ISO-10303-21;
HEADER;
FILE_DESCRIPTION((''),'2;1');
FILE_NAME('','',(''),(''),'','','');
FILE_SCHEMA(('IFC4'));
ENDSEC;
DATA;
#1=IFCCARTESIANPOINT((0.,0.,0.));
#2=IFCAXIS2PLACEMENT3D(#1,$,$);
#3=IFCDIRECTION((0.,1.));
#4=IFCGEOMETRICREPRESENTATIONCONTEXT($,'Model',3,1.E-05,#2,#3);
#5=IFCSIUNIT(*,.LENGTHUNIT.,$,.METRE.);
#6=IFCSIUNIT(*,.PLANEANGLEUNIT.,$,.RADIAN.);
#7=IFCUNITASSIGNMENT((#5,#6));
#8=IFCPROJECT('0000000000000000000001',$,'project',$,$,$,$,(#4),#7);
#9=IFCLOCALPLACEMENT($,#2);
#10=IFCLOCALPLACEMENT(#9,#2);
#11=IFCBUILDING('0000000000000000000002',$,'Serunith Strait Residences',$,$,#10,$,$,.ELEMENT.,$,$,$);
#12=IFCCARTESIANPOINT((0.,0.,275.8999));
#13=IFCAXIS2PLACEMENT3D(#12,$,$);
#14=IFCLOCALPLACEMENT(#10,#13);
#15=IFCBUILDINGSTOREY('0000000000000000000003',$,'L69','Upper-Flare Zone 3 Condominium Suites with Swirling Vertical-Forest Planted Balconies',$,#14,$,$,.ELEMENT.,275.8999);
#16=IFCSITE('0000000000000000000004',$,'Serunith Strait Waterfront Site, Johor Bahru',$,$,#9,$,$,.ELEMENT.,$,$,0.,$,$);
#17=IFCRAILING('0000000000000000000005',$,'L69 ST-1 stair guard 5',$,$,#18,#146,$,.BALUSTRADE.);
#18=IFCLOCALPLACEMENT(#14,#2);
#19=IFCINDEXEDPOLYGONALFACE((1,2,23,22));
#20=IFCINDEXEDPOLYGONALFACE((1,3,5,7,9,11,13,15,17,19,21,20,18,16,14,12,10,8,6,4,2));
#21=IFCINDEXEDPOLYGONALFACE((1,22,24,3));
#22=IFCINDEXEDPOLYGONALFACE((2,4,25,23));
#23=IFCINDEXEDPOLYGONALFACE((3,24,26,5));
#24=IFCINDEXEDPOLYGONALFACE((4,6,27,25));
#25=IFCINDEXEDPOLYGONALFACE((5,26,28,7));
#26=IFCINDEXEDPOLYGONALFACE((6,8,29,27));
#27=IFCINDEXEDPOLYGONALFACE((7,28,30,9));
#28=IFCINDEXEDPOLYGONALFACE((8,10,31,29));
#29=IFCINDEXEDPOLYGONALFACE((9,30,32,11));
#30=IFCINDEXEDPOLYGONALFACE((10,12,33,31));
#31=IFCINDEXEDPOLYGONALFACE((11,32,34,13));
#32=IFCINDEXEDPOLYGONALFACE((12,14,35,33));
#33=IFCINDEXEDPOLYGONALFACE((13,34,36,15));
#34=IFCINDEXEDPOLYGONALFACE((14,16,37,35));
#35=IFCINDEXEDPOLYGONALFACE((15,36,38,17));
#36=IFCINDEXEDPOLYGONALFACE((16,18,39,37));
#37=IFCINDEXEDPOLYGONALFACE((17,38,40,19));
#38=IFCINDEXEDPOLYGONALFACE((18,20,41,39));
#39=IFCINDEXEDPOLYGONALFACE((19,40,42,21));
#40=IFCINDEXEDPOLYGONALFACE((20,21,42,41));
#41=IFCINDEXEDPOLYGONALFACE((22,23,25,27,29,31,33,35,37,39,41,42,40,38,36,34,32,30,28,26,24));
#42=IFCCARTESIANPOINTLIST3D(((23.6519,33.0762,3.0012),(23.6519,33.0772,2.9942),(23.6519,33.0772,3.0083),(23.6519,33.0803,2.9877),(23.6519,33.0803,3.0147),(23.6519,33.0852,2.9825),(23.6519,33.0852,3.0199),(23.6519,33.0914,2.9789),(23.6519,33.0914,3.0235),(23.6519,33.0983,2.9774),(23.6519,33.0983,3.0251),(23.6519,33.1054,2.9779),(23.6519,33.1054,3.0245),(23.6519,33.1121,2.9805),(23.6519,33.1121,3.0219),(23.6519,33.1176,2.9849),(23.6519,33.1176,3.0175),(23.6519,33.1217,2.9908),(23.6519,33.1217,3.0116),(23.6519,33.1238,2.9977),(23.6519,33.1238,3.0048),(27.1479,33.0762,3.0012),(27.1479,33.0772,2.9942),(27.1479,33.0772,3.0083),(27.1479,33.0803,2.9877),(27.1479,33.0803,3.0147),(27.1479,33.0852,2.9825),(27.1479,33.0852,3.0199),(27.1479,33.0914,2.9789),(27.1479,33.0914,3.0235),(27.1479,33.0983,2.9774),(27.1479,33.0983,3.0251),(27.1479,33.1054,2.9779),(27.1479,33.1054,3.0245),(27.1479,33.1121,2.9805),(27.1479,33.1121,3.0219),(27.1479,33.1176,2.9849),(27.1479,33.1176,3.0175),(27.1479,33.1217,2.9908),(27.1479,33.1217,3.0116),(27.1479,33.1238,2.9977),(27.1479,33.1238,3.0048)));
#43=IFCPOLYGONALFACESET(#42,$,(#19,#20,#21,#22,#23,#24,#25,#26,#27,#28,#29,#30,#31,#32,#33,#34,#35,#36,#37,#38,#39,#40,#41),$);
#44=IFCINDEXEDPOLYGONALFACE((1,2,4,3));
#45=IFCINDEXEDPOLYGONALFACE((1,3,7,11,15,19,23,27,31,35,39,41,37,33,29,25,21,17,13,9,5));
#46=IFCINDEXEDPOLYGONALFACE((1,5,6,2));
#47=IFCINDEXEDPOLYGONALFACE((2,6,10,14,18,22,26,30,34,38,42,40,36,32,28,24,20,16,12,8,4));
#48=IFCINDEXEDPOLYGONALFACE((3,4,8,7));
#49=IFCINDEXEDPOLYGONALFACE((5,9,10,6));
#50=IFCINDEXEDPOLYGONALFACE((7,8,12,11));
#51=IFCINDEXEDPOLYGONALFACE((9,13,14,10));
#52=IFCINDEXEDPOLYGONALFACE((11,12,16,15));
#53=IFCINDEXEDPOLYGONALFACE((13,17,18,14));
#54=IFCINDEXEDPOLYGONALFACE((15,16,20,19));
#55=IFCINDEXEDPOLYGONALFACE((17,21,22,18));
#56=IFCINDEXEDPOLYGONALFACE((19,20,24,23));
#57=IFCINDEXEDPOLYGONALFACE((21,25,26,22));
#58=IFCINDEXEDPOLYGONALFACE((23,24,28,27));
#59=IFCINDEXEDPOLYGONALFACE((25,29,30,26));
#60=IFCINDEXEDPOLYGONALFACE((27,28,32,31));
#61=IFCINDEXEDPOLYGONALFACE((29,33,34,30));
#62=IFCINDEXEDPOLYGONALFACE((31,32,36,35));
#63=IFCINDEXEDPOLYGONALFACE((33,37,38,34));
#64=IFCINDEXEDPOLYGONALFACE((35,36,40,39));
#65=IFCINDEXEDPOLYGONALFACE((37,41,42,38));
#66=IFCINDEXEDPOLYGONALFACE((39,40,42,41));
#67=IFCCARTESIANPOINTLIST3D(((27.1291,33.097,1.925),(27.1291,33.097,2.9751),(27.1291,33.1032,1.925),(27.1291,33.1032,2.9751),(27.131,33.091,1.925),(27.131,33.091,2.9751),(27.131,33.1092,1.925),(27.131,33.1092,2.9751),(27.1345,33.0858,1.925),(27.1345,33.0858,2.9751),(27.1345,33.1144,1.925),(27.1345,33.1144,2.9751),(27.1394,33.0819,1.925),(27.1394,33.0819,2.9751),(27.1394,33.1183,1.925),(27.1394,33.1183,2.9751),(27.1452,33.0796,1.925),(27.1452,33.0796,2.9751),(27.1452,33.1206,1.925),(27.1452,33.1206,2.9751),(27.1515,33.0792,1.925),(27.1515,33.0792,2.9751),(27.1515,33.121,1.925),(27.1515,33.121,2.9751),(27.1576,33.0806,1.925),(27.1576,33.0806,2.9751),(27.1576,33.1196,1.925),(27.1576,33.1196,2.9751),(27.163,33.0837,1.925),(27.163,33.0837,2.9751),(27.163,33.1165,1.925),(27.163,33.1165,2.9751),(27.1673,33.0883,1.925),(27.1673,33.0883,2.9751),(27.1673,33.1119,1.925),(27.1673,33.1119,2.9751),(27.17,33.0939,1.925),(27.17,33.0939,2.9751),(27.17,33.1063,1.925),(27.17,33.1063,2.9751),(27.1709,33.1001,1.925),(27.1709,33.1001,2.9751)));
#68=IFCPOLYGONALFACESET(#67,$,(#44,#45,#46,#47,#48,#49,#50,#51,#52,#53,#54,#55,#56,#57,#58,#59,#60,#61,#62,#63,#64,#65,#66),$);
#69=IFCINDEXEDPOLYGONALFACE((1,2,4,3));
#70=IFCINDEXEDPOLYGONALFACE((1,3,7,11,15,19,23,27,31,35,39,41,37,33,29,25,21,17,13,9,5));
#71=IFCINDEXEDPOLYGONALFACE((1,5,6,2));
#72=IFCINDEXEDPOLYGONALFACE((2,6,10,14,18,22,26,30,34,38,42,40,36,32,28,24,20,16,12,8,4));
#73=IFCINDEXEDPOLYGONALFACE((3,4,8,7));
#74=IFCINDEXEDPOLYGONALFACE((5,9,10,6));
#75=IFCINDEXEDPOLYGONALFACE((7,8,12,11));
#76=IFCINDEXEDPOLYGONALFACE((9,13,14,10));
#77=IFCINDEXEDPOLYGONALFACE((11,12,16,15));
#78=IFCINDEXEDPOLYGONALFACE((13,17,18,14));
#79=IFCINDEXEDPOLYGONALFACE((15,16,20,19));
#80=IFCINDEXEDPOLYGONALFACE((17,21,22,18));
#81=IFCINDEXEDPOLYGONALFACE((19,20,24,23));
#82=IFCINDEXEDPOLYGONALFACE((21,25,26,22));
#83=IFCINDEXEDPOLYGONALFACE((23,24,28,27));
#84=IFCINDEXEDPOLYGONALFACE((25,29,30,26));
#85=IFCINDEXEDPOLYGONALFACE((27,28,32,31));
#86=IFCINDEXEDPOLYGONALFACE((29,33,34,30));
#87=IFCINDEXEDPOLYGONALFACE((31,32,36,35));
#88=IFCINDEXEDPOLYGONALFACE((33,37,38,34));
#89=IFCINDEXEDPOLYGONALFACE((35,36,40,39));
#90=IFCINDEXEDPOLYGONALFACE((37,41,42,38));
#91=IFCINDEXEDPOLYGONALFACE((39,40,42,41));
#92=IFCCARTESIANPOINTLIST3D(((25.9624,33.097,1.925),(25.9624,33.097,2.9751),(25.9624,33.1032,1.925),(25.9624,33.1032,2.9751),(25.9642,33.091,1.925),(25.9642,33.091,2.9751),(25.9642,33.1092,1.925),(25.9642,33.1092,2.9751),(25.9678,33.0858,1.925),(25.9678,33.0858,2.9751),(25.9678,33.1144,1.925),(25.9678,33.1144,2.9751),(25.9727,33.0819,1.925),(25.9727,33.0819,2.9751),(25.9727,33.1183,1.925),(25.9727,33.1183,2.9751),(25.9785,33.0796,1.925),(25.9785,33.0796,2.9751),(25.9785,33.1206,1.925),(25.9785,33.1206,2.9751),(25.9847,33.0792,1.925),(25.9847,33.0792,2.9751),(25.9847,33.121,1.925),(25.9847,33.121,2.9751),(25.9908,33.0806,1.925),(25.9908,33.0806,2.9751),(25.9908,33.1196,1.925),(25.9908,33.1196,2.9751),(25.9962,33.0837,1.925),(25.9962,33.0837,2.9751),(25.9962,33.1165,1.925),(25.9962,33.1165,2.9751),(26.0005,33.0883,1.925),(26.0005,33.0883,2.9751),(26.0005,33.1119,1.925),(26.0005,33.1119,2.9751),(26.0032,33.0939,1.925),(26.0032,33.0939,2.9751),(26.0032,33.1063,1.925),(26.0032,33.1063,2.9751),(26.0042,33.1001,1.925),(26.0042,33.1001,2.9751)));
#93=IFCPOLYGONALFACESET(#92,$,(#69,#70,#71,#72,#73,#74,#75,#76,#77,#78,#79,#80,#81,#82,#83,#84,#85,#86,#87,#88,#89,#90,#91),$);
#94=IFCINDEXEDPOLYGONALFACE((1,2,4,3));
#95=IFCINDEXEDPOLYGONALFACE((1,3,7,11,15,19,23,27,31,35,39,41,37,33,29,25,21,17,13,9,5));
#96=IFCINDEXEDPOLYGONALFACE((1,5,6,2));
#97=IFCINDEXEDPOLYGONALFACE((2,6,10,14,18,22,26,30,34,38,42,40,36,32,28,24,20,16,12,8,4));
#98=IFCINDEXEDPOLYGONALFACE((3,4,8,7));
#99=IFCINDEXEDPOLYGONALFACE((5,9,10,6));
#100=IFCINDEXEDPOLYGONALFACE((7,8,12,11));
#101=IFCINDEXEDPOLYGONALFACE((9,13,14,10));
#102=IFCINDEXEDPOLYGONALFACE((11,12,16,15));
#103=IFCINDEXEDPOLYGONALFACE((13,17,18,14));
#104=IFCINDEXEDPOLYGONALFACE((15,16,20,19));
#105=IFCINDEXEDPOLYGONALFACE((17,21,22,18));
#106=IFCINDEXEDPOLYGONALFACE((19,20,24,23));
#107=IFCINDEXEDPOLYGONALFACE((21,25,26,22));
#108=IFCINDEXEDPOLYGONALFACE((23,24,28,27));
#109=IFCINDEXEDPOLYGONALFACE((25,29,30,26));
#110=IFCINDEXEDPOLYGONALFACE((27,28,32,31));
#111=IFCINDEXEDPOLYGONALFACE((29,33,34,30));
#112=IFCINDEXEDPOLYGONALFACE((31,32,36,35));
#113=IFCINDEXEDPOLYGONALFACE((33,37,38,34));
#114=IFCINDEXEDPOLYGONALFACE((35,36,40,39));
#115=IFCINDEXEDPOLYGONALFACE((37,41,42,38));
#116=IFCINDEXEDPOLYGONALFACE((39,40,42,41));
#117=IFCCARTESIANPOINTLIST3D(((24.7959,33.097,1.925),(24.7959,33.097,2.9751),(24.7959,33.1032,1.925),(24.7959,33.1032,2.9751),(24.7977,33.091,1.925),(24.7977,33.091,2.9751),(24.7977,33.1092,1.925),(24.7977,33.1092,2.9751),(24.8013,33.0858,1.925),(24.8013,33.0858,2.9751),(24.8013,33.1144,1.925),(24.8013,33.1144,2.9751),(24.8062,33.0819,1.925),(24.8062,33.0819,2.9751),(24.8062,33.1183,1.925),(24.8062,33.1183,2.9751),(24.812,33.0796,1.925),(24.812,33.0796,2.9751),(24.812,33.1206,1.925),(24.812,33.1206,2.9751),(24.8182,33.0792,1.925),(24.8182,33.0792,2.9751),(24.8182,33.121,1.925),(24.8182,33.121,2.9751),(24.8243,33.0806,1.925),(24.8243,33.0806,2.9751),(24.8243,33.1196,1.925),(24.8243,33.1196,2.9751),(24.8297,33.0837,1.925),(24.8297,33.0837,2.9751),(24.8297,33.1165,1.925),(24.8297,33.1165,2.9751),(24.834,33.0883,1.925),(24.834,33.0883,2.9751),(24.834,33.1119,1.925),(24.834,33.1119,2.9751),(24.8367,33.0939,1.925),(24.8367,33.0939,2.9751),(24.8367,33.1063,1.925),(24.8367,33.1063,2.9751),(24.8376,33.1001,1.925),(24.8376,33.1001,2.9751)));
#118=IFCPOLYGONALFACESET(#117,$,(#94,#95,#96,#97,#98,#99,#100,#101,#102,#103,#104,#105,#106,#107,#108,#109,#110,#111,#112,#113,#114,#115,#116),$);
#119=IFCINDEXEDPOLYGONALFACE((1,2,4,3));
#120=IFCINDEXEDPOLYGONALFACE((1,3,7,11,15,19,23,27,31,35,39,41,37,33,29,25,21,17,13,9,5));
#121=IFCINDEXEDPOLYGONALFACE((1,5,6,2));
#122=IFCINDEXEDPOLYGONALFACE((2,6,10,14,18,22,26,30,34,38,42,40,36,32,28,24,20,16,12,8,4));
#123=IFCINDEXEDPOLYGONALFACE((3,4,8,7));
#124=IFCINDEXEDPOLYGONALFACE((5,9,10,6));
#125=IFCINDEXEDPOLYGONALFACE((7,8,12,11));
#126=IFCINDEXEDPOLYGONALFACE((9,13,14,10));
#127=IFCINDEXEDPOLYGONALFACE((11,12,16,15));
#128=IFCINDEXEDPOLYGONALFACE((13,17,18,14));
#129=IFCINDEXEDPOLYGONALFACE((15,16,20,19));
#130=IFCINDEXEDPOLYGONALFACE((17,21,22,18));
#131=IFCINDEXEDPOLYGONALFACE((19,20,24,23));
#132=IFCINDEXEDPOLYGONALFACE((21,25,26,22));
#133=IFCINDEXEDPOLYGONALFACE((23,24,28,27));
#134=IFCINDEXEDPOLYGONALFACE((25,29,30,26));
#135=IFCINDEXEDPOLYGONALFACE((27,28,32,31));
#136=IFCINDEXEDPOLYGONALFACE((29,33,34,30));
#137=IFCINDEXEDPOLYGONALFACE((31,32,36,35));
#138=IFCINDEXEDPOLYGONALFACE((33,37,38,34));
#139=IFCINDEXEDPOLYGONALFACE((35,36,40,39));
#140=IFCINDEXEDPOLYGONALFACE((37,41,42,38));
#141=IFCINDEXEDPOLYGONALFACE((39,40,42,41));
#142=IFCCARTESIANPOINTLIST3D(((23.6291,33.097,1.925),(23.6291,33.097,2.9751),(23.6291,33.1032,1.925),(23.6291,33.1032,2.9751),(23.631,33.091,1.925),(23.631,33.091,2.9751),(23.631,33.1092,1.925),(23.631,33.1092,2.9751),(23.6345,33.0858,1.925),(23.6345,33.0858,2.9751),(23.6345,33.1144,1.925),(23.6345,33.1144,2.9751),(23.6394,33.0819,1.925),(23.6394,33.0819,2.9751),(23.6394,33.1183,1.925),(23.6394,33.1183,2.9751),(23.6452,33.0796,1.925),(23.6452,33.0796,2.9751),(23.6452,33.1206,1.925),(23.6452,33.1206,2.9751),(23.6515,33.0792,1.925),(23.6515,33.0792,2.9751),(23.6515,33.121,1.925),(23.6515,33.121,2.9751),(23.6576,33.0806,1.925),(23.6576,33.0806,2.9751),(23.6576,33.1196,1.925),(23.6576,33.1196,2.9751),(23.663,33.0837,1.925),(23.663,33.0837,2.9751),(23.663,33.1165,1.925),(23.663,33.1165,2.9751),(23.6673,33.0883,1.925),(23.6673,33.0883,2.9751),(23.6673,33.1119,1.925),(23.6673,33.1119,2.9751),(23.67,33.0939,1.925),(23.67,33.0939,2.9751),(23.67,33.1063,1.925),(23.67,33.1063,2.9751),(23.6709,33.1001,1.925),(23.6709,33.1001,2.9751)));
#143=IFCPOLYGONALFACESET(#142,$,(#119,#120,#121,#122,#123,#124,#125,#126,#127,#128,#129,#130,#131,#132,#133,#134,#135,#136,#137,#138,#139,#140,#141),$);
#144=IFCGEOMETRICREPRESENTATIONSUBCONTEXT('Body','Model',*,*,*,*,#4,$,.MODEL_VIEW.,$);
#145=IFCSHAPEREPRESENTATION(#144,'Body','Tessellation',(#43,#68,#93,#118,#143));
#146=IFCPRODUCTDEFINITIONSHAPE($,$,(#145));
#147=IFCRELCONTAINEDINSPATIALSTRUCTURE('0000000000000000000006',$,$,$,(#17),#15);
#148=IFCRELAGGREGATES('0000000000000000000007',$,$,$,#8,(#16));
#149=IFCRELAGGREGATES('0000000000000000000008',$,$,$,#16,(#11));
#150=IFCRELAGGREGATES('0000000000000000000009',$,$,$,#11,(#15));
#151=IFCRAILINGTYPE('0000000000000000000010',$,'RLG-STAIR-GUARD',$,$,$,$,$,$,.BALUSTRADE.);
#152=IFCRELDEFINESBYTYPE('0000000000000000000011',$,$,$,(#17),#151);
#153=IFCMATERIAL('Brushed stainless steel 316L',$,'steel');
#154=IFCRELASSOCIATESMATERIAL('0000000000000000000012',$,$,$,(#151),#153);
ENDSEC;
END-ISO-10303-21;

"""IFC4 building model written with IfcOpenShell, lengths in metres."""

from ifc_helpers import new_model, si_unit, direction, frame, origin, origin_2d, place, context, subcontext, project, spatial, circle, extrude, material, type_object, element, save


model = new_model("IFC4")

# Units and contexts
model_context = context("Model", 3, precision=1e-05, world=origin(), true_north=direction((0.0, 1.0)))
body_context = subcontext(model_context, "Body", "Model", "MODEL_VIEW")
ifc_project = project(units=[si_unit("LENGTHUNIT", "METRE"), si_unit("PLANEANGLEUNIT", "RADIAN")], contexts=[model_context])

# Site, building, storey
site_placement = place(None, origin())
site = spatial("IfcSite", under=ifc_project, at=site_placement, Name="Serunith Strait Waterfront Site, Johor Bahru", CompositionType="ELEMENT", RefElevation=0.0)
building_placement = place(site_placement, origin())
building = spatial("IfcBuilding", under=site, at=building_placement, Name="Serunith Strait Residences", CompositionType="ELEMENT")
storey_placement = place(building_placement, frame((0.0, 0.0, 275.8999)))
storey = spatial("IfcBuildingStorey", under=building, at=storey_placement, Name="L69", Description="Upper-Flare Zone 3 Condominium Suites with Swirling Vertical-Forest Planted Balconies", CompositionType="ELEMENT", Elevation=275.8999)

# Railing
ifc_material_1 = material(Name="Brushed stainless steel 316L", Category="steel")
railing_type_1 = type_object("IfcRailingType", Name="RLG-STAIR-GUARD", PredefinedType="BALUSTRADE", material=ifc_material_1)
railing_1_placement = place(storey_placement, frame((27.1499, 33.1001, 1.925)))
element("IfcRailing", 1, at=railing_1_placement, inside=storey, type_object=railing_type_1, Name="L69 ST-1 stair guard 5", PredefinedType="BALUSTRADE", context=body_context, shape_type="SweptSolid", body=[
    extrude(circle(Radius=0.0239, at=origin_2d()), frame((-0.002, 0.0, 1.0762), z_axis=(-1.0, 0.0, 0.0), x_axis=(0.0, -1.0, 0.0)), (0.0, 0.0, 1.0), 3.4961),
    extrude(circle(Radius=0.021, at=origin_2d()), origin(), (0.0, 0.0, 1.0), 1.05),
    extrude(circle(Radius=0.021, at=origin_2d()), frame((-1.1667, 0.0, 0.0)), (0.0, 0.0, 1.0), 1.05),
    extrude(circle(Radius=0.021, at=origin_2d()), frame((-2.3333, 0.0, 0.0)), (0.0, 0.0, 1.0), 1.05),
    extrude(circle(Radius=0.021, at=origin_2d()), frame((-3.5, 0.0, 0.0)), (0.0, 0.0, 1.0), 1.05),
])

save(model, "model.ifc")
